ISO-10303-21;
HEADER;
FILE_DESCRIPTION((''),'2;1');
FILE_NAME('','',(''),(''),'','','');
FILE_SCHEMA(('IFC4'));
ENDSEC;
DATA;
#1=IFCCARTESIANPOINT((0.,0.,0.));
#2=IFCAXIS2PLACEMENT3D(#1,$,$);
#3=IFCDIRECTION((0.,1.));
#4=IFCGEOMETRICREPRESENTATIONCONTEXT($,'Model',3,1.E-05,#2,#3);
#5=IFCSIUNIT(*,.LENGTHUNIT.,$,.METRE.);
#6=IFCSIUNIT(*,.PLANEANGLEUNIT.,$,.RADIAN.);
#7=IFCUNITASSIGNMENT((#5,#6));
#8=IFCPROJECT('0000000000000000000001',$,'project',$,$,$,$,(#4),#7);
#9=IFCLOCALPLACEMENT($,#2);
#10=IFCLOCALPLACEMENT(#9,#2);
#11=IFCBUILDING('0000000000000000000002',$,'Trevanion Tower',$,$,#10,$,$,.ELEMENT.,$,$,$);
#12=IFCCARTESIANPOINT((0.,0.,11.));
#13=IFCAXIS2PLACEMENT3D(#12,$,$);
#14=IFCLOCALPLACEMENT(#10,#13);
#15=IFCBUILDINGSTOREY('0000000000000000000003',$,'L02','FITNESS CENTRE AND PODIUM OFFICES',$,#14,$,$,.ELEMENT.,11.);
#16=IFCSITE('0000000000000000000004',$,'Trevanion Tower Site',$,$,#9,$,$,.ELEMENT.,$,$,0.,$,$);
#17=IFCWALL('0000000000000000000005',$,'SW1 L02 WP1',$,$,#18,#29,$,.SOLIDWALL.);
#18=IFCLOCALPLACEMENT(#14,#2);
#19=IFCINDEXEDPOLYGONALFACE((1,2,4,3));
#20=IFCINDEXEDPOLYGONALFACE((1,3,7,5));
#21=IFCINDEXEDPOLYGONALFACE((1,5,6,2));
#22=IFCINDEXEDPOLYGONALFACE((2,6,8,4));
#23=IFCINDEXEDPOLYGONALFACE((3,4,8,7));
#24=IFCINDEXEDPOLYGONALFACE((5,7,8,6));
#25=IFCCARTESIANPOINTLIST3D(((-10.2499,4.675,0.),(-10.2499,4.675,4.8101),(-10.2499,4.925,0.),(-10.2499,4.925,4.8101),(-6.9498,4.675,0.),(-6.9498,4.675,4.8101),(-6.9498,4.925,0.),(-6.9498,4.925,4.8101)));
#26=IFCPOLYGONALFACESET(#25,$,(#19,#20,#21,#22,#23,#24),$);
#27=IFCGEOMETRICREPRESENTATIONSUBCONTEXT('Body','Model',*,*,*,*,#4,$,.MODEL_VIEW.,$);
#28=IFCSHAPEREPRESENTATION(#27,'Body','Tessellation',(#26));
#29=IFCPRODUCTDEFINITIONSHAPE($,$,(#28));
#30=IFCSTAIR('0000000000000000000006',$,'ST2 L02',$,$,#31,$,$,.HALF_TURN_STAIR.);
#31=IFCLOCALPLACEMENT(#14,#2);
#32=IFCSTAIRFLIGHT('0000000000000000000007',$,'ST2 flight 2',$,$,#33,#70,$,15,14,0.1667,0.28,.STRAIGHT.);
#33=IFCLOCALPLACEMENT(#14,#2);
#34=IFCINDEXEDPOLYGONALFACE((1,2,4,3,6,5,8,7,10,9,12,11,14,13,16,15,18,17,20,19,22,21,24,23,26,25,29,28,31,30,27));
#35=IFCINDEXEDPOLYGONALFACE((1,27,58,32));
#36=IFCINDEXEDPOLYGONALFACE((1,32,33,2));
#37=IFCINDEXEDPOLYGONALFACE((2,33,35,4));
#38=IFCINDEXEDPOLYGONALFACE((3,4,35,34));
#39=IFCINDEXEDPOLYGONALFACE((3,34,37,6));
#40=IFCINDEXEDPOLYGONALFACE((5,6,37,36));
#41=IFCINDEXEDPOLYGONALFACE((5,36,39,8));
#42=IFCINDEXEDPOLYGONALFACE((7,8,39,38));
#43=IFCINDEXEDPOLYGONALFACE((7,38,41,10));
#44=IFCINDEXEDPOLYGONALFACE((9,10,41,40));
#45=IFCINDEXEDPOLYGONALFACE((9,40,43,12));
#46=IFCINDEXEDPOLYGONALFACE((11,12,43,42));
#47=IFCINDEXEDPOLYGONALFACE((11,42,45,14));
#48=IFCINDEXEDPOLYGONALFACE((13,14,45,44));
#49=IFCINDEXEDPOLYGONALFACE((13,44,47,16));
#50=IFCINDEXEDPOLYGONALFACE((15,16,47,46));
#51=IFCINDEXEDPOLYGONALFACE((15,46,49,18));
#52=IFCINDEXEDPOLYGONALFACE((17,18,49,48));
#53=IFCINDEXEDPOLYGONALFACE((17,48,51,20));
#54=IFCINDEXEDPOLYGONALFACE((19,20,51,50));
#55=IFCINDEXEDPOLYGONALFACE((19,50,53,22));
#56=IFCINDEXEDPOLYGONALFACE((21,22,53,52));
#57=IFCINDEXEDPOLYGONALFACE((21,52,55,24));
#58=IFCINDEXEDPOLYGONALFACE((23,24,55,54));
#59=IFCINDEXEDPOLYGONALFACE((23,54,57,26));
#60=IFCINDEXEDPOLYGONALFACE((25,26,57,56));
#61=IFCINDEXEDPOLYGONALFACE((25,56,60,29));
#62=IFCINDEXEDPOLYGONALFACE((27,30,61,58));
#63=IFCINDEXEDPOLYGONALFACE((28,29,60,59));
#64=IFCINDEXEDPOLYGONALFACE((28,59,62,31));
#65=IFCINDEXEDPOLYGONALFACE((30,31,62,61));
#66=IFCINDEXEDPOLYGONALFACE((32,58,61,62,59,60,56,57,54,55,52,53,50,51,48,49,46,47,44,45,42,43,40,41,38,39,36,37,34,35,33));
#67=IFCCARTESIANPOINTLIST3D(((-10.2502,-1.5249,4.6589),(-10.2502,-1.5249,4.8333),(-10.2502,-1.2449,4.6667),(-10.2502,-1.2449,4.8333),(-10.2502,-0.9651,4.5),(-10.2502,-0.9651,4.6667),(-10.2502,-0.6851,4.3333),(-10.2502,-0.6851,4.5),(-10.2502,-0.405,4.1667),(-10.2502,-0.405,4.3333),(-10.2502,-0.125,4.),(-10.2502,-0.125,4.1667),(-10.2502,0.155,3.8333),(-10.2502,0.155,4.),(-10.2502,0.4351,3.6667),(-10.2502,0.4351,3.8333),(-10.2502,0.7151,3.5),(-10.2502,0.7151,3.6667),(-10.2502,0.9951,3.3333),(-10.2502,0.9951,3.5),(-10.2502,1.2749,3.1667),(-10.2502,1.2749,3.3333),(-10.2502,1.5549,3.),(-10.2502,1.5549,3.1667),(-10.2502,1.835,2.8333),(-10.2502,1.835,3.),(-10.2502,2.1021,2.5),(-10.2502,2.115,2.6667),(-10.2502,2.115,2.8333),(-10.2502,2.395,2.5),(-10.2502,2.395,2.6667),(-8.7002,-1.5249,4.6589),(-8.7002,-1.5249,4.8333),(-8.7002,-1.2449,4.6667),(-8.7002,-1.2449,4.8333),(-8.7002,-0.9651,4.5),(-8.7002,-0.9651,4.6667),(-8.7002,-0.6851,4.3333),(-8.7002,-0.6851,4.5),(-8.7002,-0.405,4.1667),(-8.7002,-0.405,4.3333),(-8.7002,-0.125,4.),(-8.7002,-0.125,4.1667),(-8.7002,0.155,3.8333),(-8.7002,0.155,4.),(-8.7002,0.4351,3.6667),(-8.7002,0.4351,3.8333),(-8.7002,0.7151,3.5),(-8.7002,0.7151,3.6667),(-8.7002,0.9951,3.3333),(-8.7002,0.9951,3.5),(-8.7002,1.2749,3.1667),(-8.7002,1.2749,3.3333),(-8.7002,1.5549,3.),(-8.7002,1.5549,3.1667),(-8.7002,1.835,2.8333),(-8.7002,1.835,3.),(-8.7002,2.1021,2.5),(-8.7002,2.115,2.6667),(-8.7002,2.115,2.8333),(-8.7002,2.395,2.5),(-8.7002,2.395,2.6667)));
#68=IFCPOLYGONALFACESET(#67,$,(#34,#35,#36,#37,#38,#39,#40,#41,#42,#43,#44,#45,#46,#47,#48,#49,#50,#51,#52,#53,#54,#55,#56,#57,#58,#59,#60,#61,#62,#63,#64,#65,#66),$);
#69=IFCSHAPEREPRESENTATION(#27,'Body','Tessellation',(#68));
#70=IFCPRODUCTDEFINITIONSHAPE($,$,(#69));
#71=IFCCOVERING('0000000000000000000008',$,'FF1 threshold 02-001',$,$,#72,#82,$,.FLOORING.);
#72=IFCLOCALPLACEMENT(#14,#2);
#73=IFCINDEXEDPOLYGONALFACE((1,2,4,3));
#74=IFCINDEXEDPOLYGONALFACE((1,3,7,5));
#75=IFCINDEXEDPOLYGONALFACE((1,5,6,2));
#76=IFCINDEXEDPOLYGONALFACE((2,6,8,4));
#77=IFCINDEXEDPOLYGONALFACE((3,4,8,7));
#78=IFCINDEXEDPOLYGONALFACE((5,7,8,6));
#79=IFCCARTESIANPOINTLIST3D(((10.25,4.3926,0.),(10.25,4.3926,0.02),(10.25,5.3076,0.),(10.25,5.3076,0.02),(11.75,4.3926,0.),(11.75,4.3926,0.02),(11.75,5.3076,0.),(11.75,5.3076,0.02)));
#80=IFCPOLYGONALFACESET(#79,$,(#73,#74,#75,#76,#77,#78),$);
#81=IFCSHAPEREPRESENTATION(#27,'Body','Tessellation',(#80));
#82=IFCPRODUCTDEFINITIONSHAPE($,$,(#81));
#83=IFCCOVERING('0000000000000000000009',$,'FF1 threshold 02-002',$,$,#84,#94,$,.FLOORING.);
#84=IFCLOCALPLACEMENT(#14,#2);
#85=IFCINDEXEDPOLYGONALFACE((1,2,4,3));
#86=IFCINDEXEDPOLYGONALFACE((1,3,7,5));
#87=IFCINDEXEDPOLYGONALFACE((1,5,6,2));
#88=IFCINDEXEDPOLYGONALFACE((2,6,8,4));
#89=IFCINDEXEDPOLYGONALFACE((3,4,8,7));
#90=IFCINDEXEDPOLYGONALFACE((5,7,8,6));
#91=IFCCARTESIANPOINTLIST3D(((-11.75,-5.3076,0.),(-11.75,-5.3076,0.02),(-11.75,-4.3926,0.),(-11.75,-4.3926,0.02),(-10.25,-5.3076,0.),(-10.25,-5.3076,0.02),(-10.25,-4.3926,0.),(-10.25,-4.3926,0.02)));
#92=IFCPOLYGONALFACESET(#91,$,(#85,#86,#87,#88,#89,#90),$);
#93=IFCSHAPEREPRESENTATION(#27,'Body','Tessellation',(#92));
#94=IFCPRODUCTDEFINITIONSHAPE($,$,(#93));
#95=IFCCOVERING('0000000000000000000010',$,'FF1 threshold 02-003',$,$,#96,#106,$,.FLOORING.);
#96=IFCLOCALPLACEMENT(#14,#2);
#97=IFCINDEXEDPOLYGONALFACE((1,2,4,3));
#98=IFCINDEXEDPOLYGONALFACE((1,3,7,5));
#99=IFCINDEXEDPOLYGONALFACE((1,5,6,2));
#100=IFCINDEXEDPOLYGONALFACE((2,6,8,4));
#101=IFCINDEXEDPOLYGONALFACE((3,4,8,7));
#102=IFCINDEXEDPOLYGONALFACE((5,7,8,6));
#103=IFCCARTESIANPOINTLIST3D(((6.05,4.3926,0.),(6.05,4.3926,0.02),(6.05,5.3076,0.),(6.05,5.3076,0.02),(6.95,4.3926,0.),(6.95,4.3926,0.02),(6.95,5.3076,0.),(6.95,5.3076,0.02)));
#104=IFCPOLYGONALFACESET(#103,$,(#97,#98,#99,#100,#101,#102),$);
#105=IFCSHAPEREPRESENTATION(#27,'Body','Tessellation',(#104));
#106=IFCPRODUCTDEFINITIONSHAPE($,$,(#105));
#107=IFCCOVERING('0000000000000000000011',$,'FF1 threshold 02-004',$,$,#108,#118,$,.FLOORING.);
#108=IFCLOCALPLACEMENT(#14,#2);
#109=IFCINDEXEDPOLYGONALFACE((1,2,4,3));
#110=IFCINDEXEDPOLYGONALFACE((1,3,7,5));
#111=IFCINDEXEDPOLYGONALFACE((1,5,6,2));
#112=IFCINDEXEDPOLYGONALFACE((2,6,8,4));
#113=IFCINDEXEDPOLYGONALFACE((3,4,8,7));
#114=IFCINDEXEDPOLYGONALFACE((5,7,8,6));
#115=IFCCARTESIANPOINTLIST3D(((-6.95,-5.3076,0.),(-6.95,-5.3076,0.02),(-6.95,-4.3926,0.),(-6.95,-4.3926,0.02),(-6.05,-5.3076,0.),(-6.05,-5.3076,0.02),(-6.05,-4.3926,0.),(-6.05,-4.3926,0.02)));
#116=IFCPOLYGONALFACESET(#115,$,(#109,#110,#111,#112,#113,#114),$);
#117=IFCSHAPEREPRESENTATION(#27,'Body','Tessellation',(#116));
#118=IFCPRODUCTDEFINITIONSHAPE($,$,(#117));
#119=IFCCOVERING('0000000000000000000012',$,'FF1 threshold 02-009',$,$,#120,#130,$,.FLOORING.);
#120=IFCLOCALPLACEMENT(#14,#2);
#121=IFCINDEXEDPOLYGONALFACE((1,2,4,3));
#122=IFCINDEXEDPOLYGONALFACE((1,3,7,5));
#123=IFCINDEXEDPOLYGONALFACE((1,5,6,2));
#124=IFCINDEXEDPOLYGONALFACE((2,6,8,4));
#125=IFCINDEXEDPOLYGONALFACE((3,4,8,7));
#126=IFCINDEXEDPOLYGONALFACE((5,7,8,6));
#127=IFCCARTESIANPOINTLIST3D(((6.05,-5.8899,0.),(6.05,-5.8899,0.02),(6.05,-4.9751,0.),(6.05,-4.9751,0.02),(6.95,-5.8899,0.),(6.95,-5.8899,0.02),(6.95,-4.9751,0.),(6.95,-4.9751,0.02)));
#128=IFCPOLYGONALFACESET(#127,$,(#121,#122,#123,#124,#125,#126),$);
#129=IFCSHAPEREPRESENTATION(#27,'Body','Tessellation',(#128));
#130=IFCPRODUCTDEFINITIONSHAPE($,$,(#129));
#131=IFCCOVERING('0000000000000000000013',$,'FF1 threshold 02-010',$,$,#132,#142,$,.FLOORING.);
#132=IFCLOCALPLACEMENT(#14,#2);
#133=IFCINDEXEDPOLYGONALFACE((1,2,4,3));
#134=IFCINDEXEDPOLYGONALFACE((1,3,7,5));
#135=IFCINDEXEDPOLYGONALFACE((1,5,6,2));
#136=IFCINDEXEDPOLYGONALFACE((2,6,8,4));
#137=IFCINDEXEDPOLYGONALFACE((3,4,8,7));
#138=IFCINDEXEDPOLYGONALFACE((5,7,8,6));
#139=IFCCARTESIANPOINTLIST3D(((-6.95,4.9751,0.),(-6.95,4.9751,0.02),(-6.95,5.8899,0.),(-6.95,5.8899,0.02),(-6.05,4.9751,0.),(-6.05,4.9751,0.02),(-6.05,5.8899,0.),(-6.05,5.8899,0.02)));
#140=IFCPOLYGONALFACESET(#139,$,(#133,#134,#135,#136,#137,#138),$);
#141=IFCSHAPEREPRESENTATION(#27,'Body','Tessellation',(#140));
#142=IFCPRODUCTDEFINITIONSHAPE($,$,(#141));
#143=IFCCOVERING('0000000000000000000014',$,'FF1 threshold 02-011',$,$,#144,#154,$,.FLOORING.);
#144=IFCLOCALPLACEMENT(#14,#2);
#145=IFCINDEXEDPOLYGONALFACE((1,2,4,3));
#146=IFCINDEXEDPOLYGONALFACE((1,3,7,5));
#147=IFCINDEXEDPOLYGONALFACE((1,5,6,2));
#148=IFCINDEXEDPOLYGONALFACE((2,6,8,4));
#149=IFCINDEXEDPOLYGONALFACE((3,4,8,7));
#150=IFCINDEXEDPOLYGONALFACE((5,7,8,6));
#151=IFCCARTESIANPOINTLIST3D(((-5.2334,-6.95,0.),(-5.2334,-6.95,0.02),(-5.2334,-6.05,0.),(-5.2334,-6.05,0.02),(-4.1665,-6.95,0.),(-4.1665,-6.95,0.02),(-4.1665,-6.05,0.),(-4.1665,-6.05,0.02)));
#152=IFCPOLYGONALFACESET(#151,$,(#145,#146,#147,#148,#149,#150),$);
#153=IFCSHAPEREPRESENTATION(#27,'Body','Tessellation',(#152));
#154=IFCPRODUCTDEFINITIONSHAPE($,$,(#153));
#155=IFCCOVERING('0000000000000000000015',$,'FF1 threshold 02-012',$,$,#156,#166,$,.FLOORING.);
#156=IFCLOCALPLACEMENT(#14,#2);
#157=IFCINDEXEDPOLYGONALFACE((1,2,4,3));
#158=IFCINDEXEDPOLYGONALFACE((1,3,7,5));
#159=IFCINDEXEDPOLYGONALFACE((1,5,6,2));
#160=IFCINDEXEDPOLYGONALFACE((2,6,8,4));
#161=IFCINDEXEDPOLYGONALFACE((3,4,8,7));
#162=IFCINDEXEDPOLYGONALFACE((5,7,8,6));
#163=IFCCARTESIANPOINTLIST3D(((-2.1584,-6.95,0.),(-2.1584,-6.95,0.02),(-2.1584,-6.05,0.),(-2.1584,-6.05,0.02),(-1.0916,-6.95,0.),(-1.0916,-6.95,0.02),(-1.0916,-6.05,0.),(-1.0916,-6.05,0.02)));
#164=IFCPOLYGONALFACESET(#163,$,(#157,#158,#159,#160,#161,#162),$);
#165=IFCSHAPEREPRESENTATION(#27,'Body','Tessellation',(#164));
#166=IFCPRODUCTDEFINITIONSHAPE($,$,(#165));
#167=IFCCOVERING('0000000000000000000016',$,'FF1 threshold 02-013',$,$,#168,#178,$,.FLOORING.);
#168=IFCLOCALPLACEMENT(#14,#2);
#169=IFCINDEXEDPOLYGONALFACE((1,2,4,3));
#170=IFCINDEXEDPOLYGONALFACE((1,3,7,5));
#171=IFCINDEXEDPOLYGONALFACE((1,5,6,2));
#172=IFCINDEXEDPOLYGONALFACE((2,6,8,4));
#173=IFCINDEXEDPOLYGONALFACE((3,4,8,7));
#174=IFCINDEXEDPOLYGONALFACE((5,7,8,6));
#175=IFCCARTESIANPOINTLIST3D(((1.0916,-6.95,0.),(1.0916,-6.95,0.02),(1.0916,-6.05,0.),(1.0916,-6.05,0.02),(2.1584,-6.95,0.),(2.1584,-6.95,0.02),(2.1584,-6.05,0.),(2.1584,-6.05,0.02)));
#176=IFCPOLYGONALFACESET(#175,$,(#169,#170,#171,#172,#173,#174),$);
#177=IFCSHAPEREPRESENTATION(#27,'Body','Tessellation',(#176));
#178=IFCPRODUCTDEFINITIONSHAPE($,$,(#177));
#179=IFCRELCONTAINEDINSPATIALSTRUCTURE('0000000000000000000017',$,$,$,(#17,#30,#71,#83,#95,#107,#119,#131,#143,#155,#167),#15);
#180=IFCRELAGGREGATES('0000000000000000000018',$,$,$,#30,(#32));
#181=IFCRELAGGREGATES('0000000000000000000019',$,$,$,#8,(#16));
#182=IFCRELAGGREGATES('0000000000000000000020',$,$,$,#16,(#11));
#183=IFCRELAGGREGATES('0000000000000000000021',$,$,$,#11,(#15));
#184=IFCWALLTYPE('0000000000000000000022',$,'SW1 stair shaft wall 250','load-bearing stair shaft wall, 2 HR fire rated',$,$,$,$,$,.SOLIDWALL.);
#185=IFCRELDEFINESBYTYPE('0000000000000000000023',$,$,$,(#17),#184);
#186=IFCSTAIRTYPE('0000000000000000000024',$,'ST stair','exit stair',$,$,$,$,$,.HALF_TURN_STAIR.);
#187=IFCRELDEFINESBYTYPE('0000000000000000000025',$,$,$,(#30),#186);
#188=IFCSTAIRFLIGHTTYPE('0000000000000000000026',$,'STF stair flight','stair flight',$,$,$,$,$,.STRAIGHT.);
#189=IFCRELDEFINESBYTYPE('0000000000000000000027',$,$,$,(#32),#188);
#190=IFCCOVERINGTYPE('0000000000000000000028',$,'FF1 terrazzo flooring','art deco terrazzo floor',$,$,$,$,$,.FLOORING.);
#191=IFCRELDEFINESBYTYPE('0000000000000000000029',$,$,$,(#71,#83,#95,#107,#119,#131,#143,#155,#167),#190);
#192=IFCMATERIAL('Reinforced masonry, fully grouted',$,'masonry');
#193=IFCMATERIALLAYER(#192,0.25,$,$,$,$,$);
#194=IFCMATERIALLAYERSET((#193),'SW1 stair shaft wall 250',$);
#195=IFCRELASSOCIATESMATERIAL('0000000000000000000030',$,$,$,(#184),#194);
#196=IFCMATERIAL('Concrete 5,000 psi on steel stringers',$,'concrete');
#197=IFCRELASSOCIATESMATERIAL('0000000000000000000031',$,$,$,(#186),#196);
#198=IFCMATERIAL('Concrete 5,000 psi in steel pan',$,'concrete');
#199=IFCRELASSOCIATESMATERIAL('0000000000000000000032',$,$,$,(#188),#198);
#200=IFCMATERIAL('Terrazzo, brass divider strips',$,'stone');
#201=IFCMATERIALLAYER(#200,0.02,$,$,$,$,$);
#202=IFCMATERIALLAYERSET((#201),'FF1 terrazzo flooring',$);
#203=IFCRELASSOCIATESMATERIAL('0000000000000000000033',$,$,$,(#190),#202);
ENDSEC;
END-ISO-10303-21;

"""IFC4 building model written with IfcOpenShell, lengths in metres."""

from ifc_helpers import new_model, si_unit, direction, frame, frame_2d, origin, place, context, subcontext, project, spatial, polyline, rectangle, outline, extrude, material, layer, layer_set, type_object, element, aggregate, save


model = new_model("IFC4")

# Units and contexts
model_context = context("Model", 3, precision=1e-05, world=origin(), true_north=direction((0.0, 1.0)))
body_context = subcontext(model_context, "Body", "Model", "MODEL_VIEW")
ifc_project = project(units=[si_unit("LENGTHUNIT", "METRE"), si_unit("PLANEANGLEUNIT", "RADIAN")], contexts=[model_context])

# Site, building, storey
site_placement = place(None, origin())
site = spatial("IfcSite", under=ifc_project, at=site_placement, Name="Trevanion Tower Site", CompositionType="ELEMENT", RefElevation=0.0)
building_placement = place(site_placement, origin())
building = spatial("IfcBuilding", under=site, at=building_placement, Name="Trevanion Tower", CompositionType="ELEMENT")
storey_placement = place(building_placement, frame((0.0, 0.0, 11.0)))
storey = spatial("IfcBuildingStorey", under=building, at=storey_placement, Name="L02", Description="FITNESS CENTRE AND PODIUM OFFICES", CompositionType="ELEMENT", Elevation=11.0)

# Wall
ifc_material_1 = material(Name="Reinforced masonry, fully grouted", Category="masonry")
ifc_layer_1 = layer(ifc_material_1, 0.25)
ifc_layer_set_1 = layer_set([ifc_layer_1], Name="SW1 stair shaft wall 250")
wall_type_1 = type_object("IfcWallType", Name="SW1 stair shaft wall 250", Description="load-bearing stair shaft wall, 2 HR fire rated", PredefinedType="SOLIDWALL", material=ifc_layer_set_1)
wall_1_placement = place(storey_placement, frame((-6.95, 4.8, 0.0), z_axis=(0.0, 0.0, 1.0), x_axis=(-1.0, 0.0, 0.0)))
element("IfcWall", 1, at=wall_1_placement, inside=storey, type_object=wall_type_1, Name="SW1 L02 WP1", PredefinedType="SOLIDWALL", context=body_context, shape_type="SweptSolid", body=[
    extrude(rectangle(XDim=3.3, YDim=0.25, at=frame_2d((1.6499, 0.0))), origin(), (0.0, 0.0, 1.0), 4.8101),
])

# Stair, stair flight
ifc_material_2 = material(Name="Concrete 5,000 psi on steel stringers", Category="concrete")
stair_type = type_object("IfcStairType", Name="ST stair", Description="exit stair", PredefinedType="HALF_TURN_STAIR", material=ifc_material_2)
stair_placement = place(storey_placement, origin())
stair = element("IfcStair", 2, at=stair_placement, inside=storey, type_object=stair_type, Name="ST2 L02", PredefinedType="HALF_TURN_STAIR")
ifc_material_3 = material(Name="Concrete 5,000 psi in steel pan", Category="concrete")
stair_flight_type = type_object("IfcStairFlightType", Name="STF stair flight", Description="stair flight", PredefinedType="STRAIGHT", material=ifc_material_3)
stair_flight_placement = place(storey_placement, frame((-9.4751, 2.395, 2.5), z_axis=(0.0, 0.0, 1.0), x_axis=(0.0, -1.0, 0.0)))
stair_flight = element("IfcStairFlight", 3, at=stair_flight_placement, type_object=stair_flight_type, Name="ST2 flight 2", NumberOfRisers=15, NumberOfTreads=14, PredefinedType="STRAIGHT", RiserHeight=0.1667, TreadLength=0.28, context=body_context, shape_type="SweptSolid", body=[
    extrude(outline(polyline([(0.0, 0.0), (0.0, 0.1667), (0.28, 0.1667), (0.28, 0.3333), (0.5601, 0.3333), (0.5601, 0.5), (0.8401, 0.5), (0.8401, 0.6667), (1.1201, 0.6667), (1.1201, 0.8333), (1.3999, 0.8333), (1.3999, 1.0), (1.6799, 1.0), (1.6799, 1.1667), (1.96, 1.1667), (1.96, 1.3333), (2.24, 1.3333), (2.24, 1.5), (2.52, 1.5), (2.52, 1.6667), (2.8, 1.6667), (2.8, 1.8333), (3.0801, 1.8333), (3.0801, 2.0), (3.3601, 2.0), (3.3601, 2.1667), (3.6399, 2.1667), (3.6399, 2.3333), (3.9199, 2.3333), (3.9199, 2.5), (3.9199, 2.1589), (0.293, 0.0), (0.0, 0.0)])), frame((0.0, 0.7749, 0.0), z_axis=(0.0, -1.0, 0.0), x_axis=(1.0, 0.0, 0.0)), (0.0, 0.0, 1.0), 1.55),
])
aggregate(stair, [stair_flight])

# Coverings
ifc_material_4 = material(Name="Terrazzo, brass divider strips", Category="stone")
ifc_layer_2 = layer(ifc_material_4, 0.02)
ifc_layer_set_2 = layer_set([ifc_layer_2], Name="FF1 terrazzo flooring")
covering_type = type_object("IfcCoveringType", Name="FF1 terrazzo flooring", Description="art deco terrazzo floor", PredefinedType="FLOORING", material=ifc_layer_set_2)
covering_1_placement = place(storey_placement, origin())
element("IfcCovering", 4, at=covering_1_placement, inside=storey, type_object=covering_type, Name="FF1 threshold 02-001", PredefinedType="FLOORING", context=body_context, shape_type="SweptSolid", body=[
    extrude(outline(polyline([(11.75, 4.3926), (11.75, 5.3076), (10.25, 5.3076), (10.25, 4.3926), (11.75, 4.3926)])), origin(), (0.0, 0.0, 1.0), 0.02),
])
covering_2_placement = place(storey_placement, origin())
element("IfcCovering", 5, at=covering_2_placement, inside=storey, type_object=covering_type, Name="FF1 threshold 02-002", PredefinedType="FLOORING", context=body_context, shape_type="SweptSolid", body=[
    extrude(outline(polyline([(-11.75, -4.3926), (-11.75, -5.3076), (-10.25, -5.3076), (-10.25, -4.3926), (-11.75, -4.3926)])), origin(), (0.0, 0.0, 1.0), 0.02),
])
covering_3_placement = place(storey_placement, origin())
element("IfcCovering", 6, at=covering_3_placement, inside=storey, type_object=covering_type, Name="FF1 threshold 02-003", PredefinedType="FLOORING", context=body_context, shape_type="SweptSolid", body=[
    extrude(outline(polyline([(6.95, 4.3926), (6.95, 5.3076), (6.05, 5.3076), (6.05, 4.3926), (6.95, 4.3926)])), origin(), (0.0, 0.0, 1.0), 0.02),
])
covering_4_placement = place(storey_placement, origin())
element("IfcCovering", 7, at=covering_4_placement, inside=storey, type_object=covering_type, Name="FF1 threshold 02-004", PredefinedType="FLOORING", context=body_context, shape_type="SweptSolid", body=[
    extrude(outline(polyline([(-6.95, -4.3926), (-6.95, -5.3076), (-6.05, -5.3076), (-6.05, -4.3926), (-6.95, -4.3926)])), origin(), (0.0, 0.0, 1.0), 0.02),
])
covering_5_placement = place(storey_placement, origin())
element("IfcCovering", 8, at=covering_5_placement, inside=storey, type_object=covering_type, Name="FF1 threshold 02-009", PredefinedType="FLOORING", context=body_context, shape_type="SweptSolid", body=[
    extrude(outline(polyline([(6.95, -5.8899), (6.95, -4.9751), (6.05, -4.9751), (6.05, -5.8899), (6.95, -5.8899)])), origin(), (0.0, 0.0, 1.0), 0.02),
])
covering_6_placement = place(storey_placement, origin())
element("IfcCovering", 9, at=covering_6_placement, inside=storey, type_object=covering_type, Name="FF1 threshold 02-010", PredefinedType="FLOORING", context=body_context, shape_type="SweptSolid", body=[
    extrude(outline(polyline([(-6.95, 5.8899), (-6.95, 4.9751), (-6.05, 4.9751), (-6.05, 5.8899), (-6.95, 5.8899)])), origin(), (0.0, 0.0, 1.0), 0.02),
])
covering_7_placement = place(storey_placement, origin())
element("IfcCovering", 10, at=covering_7_placement, inside=storey, type_object=covering_type, Name="FF1 threshold 02-011", PredefinedType="FLOORING", context=body_context, shape_type="SweptSolid", body=[
    extrude(outline(polyline([(-5.2334, -6.95), (-4.1665, -6.95), (-4.1665, -6.05), (-5.2334, -6.05), (-5.2334, -6.95)])), origin(), (0.0, 0.0, 1.0), 0.02),
])
covering_8_placement = place(storey_placement, origin())
element("IfcCovering", 11, at=covering_8_placement, inside=storey, type_object=covering_type, Name="FF1 threshold 02-012", PredefinedType="FLOORING", context=body_context, shape_type="SweptSolid", body=[
    extrude(outline(polyline([(-2.1584, -6.95), (-1.0916, -6.95), (-1.0916, -6.05), (-2.1584, -6.05), (-2.1584, -6.95)])), origin(), (0.0, 0.0, 1.0), 0.02),
])
covering_9_placement = place(storey_placement, origin())
element("IfcCovering", 12, at=covering_9_placement, inside=storey, type_object=covering_type, Name="FF1 threshold 02-013", PredefinedType="FLOORING", context=body_context, shape_type="SweptSolid", body=[
    extrude(outline(polyline([(1.0916, -6.95), (2.1584, -6.95), (2.1584, -6.05), (1.0916, -6.05), (1.0916, -6.95)])), origin(), (0.0, 0.0, 1.0), 0.02),
])

save(model, "model.ifc")
